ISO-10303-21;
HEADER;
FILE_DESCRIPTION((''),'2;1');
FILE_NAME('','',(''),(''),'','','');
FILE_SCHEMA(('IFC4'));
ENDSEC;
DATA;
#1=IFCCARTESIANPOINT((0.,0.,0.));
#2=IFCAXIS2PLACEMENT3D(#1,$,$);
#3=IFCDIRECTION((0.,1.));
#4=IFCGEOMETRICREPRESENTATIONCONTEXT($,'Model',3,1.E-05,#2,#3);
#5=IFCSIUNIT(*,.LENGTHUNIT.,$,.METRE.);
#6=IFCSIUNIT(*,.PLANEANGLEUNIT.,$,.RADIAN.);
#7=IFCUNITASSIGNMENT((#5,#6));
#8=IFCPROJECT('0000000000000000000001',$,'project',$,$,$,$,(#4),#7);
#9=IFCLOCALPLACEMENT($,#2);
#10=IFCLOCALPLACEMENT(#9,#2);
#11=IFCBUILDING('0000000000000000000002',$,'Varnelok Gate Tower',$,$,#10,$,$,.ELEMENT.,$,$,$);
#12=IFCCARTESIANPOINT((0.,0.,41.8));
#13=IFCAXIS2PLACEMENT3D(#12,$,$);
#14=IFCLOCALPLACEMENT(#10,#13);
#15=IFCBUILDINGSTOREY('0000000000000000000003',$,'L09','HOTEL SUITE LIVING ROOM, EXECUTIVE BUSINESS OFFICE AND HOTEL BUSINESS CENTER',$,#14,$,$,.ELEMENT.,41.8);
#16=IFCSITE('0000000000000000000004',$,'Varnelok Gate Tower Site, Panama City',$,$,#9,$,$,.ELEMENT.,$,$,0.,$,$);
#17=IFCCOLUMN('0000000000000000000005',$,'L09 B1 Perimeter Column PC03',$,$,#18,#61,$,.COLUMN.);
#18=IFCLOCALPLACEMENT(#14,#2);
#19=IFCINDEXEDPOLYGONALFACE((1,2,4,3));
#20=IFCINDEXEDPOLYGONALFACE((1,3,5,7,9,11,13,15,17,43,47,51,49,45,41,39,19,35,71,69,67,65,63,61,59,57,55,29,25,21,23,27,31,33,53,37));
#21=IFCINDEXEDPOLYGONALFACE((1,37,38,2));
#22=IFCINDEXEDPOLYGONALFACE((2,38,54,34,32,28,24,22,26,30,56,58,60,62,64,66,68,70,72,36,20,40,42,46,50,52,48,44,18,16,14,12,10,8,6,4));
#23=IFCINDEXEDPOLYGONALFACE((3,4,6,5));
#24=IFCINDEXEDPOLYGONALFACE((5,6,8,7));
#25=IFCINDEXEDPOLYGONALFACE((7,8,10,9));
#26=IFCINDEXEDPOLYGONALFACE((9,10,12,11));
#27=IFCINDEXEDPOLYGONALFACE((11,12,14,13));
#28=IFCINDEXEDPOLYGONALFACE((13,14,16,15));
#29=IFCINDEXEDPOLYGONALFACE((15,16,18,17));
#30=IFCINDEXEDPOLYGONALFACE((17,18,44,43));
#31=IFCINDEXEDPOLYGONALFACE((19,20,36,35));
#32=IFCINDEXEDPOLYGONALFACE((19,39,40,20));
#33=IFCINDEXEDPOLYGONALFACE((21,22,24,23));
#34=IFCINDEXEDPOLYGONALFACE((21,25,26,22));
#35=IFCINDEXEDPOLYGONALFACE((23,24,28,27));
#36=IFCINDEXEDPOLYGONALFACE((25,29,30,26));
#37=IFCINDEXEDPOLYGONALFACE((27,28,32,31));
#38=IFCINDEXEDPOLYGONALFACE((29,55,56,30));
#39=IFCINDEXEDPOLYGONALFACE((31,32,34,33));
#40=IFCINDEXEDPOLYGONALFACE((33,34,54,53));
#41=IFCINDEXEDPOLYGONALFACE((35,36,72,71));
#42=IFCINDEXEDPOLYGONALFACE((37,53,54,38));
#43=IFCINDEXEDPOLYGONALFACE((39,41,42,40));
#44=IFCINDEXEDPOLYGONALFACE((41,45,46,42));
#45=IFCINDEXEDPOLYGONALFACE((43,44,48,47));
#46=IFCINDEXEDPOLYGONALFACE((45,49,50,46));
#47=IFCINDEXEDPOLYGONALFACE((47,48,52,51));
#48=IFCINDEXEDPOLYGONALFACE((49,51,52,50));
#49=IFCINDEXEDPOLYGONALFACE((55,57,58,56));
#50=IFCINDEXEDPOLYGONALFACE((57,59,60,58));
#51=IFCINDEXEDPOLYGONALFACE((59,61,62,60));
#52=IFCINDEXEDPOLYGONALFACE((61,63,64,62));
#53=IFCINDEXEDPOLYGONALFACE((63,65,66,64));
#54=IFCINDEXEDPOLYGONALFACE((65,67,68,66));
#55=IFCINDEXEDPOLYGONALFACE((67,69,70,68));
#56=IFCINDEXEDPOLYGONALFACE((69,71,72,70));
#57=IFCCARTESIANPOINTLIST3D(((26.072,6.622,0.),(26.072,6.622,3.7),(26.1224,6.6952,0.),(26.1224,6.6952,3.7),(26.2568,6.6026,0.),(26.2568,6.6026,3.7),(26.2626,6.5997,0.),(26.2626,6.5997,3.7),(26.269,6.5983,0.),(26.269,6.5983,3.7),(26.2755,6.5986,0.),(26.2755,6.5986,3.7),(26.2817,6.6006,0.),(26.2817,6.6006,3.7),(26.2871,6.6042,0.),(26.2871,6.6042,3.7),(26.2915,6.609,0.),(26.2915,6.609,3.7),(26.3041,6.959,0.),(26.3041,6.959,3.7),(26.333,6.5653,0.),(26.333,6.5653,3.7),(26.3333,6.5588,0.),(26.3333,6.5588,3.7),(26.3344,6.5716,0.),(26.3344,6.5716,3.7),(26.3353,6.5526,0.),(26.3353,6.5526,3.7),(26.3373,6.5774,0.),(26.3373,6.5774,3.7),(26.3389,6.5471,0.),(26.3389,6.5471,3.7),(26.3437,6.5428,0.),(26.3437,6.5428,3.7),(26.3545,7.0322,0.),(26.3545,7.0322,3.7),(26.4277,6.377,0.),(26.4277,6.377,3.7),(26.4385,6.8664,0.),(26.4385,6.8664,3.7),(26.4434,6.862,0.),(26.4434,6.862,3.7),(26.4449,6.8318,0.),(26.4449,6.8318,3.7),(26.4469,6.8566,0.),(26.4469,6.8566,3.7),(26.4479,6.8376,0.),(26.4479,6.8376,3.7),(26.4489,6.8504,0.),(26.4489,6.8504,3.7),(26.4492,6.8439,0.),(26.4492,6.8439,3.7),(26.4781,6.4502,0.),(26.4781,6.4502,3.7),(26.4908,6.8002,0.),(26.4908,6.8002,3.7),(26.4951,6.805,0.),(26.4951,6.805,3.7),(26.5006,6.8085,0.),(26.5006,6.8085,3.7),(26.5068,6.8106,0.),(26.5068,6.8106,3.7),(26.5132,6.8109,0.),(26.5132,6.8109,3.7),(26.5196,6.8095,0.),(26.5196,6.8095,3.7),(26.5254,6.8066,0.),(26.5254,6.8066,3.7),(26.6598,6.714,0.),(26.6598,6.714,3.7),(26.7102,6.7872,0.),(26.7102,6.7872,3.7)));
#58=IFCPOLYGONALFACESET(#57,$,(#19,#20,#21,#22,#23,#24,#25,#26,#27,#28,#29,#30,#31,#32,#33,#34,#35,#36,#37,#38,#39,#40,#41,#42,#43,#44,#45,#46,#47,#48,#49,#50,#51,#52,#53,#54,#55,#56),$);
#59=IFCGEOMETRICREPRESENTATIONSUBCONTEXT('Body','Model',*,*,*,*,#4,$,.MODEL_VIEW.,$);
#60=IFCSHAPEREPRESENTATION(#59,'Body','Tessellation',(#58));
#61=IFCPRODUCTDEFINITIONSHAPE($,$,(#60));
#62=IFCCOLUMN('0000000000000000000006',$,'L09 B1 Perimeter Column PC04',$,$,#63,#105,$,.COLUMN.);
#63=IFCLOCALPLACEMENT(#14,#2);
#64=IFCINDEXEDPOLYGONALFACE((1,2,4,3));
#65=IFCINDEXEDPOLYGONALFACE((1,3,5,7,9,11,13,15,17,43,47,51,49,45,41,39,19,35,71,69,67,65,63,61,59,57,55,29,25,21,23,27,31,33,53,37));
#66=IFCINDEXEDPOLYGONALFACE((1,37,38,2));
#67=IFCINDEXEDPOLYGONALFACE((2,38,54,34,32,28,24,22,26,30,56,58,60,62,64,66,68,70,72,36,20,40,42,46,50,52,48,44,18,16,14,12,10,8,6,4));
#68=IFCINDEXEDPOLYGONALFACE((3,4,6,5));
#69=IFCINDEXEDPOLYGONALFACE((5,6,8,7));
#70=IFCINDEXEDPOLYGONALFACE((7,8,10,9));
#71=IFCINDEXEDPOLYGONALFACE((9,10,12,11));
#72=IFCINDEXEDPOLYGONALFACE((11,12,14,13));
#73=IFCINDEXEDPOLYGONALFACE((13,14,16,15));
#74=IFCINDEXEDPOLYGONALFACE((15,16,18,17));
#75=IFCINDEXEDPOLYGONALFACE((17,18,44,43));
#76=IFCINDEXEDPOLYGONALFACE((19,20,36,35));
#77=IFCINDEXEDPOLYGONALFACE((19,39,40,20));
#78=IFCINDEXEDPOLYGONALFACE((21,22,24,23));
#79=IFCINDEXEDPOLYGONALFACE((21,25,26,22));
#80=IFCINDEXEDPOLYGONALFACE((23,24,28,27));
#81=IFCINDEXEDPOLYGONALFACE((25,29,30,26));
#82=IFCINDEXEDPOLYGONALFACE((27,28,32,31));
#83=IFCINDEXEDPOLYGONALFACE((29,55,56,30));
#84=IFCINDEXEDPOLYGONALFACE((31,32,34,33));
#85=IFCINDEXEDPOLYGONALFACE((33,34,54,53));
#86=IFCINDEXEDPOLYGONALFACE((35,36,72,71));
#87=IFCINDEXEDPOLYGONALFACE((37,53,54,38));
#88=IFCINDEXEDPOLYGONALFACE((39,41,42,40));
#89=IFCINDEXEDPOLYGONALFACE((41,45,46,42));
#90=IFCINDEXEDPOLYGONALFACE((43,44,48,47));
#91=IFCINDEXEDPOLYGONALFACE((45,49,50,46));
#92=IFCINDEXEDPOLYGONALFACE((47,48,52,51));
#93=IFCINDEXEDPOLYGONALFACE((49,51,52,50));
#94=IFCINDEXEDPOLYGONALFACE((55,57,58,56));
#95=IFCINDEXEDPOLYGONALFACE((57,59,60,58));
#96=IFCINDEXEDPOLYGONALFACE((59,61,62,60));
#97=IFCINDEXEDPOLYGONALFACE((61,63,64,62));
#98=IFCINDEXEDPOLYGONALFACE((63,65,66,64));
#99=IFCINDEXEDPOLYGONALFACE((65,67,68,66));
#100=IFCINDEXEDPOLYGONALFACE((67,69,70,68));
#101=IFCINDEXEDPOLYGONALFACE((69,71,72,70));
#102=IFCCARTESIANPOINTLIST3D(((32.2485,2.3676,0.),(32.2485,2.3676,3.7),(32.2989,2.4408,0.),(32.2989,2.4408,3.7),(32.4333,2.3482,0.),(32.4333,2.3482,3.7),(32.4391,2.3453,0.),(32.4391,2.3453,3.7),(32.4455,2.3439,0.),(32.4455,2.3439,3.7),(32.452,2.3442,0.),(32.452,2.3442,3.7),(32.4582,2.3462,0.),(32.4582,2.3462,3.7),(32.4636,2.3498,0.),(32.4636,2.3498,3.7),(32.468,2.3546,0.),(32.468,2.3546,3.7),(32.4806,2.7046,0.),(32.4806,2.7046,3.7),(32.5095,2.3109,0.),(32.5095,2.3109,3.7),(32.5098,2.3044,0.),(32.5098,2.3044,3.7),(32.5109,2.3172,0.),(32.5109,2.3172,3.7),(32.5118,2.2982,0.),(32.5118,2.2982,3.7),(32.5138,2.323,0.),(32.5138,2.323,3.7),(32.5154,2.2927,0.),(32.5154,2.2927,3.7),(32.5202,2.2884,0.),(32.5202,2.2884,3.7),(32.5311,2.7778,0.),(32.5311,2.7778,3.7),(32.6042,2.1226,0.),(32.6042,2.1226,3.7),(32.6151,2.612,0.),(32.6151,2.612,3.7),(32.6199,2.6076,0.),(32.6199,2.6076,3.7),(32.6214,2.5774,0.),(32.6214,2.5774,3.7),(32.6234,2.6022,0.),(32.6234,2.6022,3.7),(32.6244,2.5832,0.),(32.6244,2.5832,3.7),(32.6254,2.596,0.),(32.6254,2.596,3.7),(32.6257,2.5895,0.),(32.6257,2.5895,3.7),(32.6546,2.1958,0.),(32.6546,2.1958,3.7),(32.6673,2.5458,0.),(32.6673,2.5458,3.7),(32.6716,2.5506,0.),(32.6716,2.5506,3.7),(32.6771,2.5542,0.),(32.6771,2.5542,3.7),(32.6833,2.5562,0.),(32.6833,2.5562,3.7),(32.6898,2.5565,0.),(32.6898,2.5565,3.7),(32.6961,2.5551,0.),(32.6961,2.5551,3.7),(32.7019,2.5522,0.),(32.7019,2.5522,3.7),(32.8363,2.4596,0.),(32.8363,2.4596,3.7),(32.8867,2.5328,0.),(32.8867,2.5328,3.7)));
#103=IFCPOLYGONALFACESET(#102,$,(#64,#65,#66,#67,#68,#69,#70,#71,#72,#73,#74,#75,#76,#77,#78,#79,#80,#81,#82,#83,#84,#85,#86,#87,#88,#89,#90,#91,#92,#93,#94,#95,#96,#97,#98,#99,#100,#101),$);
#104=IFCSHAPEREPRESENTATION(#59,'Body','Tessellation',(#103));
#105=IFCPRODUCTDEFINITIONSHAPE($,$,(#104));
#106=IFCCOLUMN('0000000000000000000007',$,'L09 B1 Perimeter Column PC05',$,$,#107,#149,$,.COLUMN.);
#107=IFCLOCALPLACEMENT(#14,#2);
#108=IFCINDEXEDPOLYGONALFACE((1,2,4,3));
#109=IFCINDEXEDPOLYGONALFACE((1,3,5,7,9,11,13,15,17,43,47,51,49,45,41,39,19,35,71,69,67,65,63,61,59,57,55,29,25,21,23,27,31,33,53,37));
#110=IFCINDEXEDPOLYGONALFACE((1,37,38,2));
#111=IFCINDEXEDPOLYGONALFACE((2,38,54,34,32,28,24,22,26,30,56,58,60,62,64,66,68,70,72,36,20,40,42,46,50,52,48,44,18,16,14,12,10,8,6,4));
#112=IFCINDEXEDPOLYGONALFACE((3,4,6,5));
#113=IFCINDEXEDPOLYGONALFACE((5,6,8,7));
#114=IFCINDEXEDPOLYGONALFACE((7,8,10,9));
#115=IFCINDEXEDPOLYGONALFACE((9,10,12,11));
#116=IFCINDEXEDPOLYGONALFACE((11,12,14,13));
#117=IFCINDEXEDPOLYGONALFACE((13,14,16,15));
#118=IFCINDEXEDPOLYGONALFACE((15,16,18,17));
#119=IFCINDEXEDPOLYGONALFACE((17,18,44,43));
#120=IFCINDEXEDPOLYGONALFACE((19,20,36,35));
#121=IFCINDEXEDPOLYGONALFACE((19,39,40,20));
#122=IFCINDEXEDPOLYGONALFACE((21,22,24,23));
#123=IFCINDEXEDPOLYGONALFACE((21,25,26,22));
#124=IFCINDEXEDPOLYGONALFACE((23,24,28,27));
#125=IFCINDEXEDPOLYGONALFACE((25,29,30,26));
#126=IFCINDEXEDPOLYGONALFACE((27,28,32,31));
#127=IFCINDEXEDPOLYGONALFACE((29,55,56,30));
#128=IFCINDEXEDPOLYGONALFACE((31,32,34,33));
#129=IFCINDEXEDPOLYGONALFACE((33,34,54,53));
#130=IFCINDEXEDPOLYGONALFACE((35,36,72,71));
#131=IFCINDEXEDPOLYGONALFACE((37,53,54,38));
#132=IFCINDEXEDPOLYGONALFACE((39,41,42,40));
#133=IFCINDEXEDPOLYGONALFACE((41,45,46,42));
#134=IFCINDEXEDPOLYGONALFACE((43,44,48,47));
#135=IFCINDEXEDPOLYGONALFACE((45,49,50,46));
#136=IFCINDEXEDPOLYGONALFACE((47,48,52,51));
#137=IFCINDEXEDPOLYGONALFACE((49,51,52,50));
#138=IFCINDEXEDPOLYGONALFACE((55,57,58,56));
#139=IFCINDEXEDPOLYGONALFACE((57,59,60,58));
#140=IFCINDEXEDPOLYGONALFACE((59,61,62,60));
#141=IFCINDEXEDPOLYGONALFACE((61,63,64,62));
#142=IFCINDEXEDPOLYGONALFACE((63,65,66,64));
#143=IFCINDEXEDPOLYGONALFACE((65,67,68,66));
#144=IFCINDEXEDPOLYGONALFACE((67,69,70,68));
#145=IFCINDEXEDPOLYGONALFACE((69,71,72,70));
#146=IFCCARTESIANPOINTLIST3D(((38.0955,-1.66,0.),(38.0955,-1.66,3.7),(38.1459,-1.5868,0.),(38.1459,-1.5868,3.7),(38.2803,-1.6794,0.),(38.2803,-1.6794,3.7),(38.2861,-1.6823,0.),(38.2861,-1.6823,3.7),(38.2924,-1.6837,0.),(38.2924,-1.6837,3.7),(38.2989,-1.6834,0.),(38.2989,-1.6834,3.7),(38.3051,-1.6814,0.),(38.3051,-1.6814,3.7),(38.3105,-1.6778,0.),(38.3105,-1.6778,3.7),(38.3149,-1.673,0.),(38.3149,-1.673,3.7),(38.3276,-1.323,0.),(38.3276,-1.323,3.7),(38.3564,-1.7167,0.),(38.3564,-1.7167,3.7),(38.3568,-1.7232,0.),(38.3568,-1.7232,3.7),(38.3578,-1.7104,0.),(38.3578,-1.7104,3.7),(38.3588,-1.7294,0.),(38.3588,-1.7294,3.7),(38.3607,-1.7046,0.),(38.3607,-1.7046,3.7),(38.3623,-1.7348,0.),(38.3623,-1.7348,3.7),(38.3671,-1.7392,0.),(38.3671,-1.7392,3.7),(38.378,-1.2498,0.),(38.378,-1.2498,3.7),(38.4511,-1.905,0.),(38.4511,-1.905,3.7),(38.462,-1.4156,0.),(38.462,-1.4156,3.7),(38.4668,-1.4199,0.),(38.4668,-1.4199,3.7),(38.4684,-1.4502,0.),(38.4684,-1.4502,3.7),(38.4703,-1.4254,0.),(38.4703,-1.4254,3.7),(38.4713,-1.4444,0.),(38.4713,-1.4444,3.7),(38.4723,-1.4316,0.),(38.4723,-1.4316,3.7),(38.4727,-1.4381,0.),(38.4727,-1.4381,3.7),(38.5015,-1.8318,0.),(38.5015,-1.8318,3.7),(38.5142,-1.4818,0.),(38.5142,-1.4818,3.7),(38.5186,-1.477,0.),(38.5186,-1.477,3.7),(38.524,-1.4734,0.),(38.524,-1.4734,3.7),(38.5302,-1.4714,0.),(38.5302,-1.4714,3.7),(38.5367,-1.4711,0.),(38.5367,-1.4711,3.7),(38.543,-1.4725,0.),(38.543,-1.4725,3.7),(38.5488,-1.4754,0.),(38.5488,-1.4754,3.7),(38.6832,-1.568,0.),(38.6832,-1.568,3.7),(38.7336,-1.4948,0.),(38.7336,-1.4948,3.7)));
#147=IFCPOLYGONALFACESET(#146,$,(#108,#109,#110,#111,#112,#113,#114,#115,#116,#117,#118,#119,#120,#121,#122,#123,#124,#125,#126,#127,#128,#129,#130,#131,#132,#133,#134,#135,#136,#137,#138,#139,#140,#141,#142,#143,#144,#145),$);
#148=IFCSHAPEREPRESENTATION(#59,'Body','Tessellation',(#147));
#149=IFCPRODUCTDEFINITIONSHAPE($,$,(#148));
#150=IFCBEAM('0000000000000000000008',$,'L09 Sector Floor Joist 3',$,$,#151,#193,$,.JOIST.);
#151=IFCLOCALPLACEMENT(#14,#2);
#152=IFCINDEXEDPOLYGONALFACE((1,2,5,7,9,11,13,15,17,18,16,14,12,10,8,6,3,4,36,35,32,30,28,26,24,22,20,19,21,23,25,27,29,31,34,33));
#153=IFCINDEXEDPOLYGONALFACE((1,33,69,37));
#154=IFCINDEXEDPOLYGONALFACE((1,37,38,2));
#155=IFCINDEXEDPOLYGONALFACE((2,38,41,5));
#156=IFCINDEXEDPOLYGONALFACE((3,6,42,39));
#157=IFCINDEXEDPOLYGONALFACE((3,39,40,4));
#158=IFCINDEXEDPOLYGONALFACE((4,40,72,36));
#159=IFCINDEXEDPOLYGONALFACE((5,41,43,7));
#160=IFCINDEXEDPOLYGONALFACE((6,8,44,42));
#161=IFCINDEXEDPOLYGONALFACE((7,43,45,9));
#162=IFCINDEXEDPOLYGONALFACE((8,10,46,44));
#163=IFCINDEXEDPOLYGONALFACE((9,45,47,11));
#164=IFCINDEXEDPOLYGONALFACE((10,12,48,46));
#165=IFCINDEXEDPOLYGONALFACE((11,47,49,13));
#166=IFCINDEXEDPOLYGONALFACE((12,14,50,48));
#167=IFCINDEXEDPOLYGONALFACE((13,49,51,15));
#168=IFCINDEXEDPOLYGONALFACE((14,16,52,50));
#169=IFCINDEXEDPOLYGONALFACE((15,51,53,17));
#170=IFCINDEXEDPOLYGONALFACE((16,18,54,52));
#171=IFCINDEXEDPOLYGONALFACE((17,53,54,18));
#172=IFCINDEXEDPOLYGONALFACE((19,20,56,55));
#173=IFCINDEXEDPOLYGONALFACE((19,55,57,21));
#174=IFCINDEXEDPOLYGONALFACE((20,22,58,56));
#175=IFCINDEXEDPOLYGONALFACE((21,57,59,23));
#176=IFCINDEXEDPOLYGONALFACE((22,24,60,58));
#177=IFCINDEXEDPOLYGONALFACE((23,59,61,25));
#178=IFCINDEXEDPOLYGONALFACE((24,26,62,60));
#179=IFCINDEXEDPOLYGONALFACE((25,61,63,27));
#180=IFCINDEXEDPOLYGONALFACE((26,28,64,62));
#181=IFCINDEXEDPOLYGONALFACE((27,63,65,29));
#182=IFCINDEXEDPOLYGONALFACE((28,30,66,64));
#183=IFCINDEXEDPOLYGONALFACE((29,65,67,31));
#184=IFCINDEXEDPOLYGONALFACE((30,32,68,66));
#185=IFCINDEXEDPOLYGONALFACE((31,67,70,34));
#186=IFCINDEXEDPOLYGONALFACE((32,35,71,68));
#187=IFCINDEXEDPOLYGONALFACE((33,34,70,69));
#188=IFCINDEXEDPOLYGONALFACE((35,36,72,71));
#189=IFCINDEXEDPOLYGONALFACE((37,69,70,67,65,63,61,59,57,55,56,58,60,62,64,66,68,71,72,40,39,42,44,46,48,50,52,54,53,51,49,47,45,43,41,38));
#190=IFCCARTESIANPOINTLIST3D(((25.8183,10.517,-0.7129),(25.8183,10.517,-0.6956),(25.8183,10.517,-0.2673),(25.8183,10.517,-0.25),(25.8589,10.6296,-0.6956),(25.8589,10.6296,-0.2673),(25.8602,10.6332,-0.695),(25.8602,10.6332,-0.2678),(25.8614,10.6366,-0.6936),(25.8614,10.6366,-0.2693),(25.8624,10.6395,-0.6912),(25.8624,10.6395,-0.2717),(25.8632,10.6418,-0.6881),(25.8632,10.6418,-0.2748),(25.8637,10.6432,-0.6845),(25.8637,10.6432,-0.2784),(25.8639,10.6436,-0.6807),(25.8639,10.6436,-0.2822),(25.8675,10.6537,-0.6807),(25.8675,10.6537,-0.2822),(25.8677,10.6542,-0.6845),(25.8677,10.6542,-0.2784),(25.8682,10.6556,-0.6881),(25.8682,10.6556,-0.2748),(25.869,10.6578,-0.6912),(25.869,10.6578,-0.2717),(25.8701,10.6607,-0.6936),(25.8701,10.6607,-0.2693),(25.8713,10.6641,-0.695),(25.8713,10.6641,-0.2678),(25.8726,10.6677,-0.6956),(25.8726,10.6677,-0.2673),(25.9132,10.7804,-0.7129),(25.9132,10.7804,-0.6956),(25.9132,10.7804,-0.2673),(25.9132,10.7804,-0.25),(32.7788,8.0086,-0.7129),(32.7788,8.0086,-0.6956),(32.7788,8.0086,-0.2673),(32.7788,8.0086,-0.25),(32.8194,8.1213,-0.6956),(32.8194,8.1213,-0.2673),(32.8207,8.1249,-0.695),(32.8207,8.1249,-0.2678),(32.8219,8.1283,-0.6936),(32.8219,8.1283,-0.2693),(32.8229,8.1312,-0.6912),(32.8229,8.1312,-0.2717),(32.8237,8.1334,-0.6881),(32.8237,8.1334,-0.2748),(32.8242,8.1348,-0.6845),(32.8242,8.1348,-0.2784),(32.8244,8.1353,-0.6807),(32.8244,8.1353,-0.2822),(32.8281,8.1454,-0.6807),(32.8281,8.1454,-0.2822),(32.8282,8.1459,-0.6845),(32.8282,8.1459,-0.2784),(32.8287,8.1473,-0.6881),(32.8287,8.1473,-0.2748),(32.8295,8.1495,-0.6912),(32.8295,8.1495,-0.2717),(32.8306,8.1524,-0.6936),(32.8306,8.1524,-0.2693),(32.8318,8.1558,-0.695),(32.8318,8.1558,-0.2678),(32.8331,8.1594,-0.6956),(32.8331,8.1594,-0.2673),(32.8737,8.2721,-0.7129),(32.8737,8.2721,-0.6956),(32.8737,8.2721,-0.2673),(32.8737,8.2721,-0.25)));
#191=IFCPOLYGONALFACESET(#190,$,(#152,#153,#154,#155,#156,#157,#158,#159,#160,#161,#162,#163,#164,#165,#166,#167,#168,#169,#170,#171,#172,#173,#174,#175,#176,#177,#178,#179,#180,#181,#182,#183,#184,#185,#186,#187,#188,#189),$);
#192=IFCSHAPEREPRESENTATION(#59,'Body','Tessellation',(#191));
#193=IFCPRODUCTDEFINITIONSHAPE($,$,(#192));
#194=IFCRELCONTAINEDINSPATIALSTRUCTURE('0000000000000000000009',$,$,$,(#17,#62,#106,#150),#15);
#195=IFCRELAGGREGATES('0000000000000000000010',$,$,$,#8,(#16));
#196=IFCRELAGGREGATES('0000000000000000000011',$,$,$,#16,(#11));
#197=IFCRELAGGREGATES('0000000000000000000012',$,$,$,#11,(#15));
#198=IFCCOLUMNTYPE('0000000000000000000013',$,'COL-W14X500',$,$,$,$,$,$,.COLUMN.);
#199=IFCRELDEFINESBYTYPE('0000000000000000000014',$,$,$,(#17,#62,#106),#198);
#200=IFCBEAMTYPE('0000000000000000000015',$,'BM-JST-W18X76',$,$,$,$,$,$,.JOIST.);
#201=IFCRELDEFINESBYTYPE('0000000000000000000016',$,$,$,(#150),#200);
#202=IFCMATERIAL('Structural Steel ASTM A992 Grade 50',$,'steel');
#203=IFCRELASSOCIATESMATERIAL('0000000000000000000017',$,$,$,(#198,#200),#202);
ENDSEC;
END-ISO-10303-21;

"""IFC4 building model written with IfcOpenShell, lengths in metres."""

from ifc_helpers import new_model, si_unit, direction, frame, origin, origin_2d, place, context, subcontext, project, spatial, i_section, extrude, material, material_profile, profile_set, type_object, element, save


model = new_model("IFC4")

# Units and contexts
model_context = context("Model", 3, precision=1e-05, world=origin(), true_north=direction((0.0, 1.0)))
body_context = subcontext(model_context, "Body", "Model", "MODEL_VIEW")
ifc_project = project(units=[si_unit("LENGTHUNIT", "METRE"), si_unit("PLANEANGLEUNIT", "RADIAN")], contexts=[model_context])

# Site, building, storey
site_placement = place(None, origin())
site = spatial("IfcSite", under=ifc_project, at=site_placement, Name="Varnelok Gate Tower Site, Panama City", CompositionType="ELEMENT", RefElevation=0.0)
building_placement = place(site_placement, origin())
building = spatial("IfcBuilding", under=site, at=building_placement, Name="Varnelok Gate Tower", CompositionType="ELEMENT")
storey_placement = place(building_placement, frame((0.0, 0.0, 41.8)))
storey = spatial("IfcBuildingStorey", under=building, at=storey_placement, Name="L09", Description="HOTEL SUITE LIVING ROOM, EXECUTIVE BUSINESS OFFICE AND HOTEL BUSINESS CENTER", CompositionType="ELEMENT", Elevation=41.8)

# Columns
ifc_material_1 = material(Name="Structural Steel ASTM A992 Grade 50", Category="steel")
ifc_material_profile_1 = material_profile(ifc_material_1, i_section(OverallWidth=0.4319, OverallDepth=0.498, WebThickness=0.0557, FlangeThickness=0.0889, FilletRadius=0.0249, at=origin_2d()), Name="W14X500")
ifc_profile_set_1 = profile_set([ifc_material_profile_1], Name="Structural Steel ASTM A992 Grade 50")
column_type = type_object("IfcColumnType", Name="COL-W14X500", PredefinedType="COLUMN", material=ifc_profile_set_1)
for number, where, z_axis, x_axis, name in (
    (1, (26.3911, 6.7046, 0.0), (0.0, 0.0, 1.0), (0.823533, -0.567269, 0.0), "L09 B1 Perimeter Column PC03"),
    (2, (32.5676, 2.4502, 0.0), (0.0, 0.0, 1.0), (0.823533, -0.567269, 0.0), "L09 B1 Perimeter Column PC04"),
    (3, (38.4146, -1.5774, 0.0), (0.0, 0.0, 1.0), (0.823533, -0.567269, 0.0), "L09 B1 Perimeter Column PC05"),
):
    element("IfcColumn", number, at=place(storey_placement, frame(where, z_axis=z_axis, x_axis=x_axis)), inside=storey, type_object=column_type, Name=name, PredefinedType="COLUMN", context=body_context, shape_type="SweptSolid", body=[
        extrude(i_section(OverallWidth=0.4319, OverallDepth=0.498, WebThickness=0.0557, FlangeThickness=0.0889, FilletRadius=0.0249, at=origin_2d()), origin(), (0.0, 0.0, 1.0), 3.7),
    ])

# Beam
ifc_material_profile_2 = material_profile(ifc_material_1, i_section(OverallWidth=0.28, OverallDepth=0.4629, WebThickness=0.0107, FlangeThickness=0.0173, FilletRadius=0.0149, at=origin_2d()), Name="W18X76")
ifc_profile_set_2 = profile_set([ifc_material_profile_2], Name="Structural Steel ASTM A992 Grade 50")
beam_type_1 = type_object("IfcBeamType", Name="BM-JST-W18X76", PredefinedType="JOIST", material=ifc_profile_set_2)
beam_1_placement = place(storey_placement, frame((25.8657, 10.6487, -0.4814), z_axis=(0.940778, -0.339023, 0.0), x_axis=(0.339023, 0.940778, 0.0)))
element("IfcBeam", 4, at=beam_1_placement, inside=storey, type_object=beam_type_1, Name="L09 Sector Floor Joist 3", PredefinedType="JOIST", context=body_context, shape_type="SweptSolid", body=[
    extrude(i_section(OverallWidth=0.28, OverallDepth=0.4629, WebThickness=0.0107, FlangeThickness=0.0173, FilletRadius=0.0149, at=origin_2d()), origin(), (0.0, 0.0, 1.0), 7.3987),
])

save(model, "model.ifc")
